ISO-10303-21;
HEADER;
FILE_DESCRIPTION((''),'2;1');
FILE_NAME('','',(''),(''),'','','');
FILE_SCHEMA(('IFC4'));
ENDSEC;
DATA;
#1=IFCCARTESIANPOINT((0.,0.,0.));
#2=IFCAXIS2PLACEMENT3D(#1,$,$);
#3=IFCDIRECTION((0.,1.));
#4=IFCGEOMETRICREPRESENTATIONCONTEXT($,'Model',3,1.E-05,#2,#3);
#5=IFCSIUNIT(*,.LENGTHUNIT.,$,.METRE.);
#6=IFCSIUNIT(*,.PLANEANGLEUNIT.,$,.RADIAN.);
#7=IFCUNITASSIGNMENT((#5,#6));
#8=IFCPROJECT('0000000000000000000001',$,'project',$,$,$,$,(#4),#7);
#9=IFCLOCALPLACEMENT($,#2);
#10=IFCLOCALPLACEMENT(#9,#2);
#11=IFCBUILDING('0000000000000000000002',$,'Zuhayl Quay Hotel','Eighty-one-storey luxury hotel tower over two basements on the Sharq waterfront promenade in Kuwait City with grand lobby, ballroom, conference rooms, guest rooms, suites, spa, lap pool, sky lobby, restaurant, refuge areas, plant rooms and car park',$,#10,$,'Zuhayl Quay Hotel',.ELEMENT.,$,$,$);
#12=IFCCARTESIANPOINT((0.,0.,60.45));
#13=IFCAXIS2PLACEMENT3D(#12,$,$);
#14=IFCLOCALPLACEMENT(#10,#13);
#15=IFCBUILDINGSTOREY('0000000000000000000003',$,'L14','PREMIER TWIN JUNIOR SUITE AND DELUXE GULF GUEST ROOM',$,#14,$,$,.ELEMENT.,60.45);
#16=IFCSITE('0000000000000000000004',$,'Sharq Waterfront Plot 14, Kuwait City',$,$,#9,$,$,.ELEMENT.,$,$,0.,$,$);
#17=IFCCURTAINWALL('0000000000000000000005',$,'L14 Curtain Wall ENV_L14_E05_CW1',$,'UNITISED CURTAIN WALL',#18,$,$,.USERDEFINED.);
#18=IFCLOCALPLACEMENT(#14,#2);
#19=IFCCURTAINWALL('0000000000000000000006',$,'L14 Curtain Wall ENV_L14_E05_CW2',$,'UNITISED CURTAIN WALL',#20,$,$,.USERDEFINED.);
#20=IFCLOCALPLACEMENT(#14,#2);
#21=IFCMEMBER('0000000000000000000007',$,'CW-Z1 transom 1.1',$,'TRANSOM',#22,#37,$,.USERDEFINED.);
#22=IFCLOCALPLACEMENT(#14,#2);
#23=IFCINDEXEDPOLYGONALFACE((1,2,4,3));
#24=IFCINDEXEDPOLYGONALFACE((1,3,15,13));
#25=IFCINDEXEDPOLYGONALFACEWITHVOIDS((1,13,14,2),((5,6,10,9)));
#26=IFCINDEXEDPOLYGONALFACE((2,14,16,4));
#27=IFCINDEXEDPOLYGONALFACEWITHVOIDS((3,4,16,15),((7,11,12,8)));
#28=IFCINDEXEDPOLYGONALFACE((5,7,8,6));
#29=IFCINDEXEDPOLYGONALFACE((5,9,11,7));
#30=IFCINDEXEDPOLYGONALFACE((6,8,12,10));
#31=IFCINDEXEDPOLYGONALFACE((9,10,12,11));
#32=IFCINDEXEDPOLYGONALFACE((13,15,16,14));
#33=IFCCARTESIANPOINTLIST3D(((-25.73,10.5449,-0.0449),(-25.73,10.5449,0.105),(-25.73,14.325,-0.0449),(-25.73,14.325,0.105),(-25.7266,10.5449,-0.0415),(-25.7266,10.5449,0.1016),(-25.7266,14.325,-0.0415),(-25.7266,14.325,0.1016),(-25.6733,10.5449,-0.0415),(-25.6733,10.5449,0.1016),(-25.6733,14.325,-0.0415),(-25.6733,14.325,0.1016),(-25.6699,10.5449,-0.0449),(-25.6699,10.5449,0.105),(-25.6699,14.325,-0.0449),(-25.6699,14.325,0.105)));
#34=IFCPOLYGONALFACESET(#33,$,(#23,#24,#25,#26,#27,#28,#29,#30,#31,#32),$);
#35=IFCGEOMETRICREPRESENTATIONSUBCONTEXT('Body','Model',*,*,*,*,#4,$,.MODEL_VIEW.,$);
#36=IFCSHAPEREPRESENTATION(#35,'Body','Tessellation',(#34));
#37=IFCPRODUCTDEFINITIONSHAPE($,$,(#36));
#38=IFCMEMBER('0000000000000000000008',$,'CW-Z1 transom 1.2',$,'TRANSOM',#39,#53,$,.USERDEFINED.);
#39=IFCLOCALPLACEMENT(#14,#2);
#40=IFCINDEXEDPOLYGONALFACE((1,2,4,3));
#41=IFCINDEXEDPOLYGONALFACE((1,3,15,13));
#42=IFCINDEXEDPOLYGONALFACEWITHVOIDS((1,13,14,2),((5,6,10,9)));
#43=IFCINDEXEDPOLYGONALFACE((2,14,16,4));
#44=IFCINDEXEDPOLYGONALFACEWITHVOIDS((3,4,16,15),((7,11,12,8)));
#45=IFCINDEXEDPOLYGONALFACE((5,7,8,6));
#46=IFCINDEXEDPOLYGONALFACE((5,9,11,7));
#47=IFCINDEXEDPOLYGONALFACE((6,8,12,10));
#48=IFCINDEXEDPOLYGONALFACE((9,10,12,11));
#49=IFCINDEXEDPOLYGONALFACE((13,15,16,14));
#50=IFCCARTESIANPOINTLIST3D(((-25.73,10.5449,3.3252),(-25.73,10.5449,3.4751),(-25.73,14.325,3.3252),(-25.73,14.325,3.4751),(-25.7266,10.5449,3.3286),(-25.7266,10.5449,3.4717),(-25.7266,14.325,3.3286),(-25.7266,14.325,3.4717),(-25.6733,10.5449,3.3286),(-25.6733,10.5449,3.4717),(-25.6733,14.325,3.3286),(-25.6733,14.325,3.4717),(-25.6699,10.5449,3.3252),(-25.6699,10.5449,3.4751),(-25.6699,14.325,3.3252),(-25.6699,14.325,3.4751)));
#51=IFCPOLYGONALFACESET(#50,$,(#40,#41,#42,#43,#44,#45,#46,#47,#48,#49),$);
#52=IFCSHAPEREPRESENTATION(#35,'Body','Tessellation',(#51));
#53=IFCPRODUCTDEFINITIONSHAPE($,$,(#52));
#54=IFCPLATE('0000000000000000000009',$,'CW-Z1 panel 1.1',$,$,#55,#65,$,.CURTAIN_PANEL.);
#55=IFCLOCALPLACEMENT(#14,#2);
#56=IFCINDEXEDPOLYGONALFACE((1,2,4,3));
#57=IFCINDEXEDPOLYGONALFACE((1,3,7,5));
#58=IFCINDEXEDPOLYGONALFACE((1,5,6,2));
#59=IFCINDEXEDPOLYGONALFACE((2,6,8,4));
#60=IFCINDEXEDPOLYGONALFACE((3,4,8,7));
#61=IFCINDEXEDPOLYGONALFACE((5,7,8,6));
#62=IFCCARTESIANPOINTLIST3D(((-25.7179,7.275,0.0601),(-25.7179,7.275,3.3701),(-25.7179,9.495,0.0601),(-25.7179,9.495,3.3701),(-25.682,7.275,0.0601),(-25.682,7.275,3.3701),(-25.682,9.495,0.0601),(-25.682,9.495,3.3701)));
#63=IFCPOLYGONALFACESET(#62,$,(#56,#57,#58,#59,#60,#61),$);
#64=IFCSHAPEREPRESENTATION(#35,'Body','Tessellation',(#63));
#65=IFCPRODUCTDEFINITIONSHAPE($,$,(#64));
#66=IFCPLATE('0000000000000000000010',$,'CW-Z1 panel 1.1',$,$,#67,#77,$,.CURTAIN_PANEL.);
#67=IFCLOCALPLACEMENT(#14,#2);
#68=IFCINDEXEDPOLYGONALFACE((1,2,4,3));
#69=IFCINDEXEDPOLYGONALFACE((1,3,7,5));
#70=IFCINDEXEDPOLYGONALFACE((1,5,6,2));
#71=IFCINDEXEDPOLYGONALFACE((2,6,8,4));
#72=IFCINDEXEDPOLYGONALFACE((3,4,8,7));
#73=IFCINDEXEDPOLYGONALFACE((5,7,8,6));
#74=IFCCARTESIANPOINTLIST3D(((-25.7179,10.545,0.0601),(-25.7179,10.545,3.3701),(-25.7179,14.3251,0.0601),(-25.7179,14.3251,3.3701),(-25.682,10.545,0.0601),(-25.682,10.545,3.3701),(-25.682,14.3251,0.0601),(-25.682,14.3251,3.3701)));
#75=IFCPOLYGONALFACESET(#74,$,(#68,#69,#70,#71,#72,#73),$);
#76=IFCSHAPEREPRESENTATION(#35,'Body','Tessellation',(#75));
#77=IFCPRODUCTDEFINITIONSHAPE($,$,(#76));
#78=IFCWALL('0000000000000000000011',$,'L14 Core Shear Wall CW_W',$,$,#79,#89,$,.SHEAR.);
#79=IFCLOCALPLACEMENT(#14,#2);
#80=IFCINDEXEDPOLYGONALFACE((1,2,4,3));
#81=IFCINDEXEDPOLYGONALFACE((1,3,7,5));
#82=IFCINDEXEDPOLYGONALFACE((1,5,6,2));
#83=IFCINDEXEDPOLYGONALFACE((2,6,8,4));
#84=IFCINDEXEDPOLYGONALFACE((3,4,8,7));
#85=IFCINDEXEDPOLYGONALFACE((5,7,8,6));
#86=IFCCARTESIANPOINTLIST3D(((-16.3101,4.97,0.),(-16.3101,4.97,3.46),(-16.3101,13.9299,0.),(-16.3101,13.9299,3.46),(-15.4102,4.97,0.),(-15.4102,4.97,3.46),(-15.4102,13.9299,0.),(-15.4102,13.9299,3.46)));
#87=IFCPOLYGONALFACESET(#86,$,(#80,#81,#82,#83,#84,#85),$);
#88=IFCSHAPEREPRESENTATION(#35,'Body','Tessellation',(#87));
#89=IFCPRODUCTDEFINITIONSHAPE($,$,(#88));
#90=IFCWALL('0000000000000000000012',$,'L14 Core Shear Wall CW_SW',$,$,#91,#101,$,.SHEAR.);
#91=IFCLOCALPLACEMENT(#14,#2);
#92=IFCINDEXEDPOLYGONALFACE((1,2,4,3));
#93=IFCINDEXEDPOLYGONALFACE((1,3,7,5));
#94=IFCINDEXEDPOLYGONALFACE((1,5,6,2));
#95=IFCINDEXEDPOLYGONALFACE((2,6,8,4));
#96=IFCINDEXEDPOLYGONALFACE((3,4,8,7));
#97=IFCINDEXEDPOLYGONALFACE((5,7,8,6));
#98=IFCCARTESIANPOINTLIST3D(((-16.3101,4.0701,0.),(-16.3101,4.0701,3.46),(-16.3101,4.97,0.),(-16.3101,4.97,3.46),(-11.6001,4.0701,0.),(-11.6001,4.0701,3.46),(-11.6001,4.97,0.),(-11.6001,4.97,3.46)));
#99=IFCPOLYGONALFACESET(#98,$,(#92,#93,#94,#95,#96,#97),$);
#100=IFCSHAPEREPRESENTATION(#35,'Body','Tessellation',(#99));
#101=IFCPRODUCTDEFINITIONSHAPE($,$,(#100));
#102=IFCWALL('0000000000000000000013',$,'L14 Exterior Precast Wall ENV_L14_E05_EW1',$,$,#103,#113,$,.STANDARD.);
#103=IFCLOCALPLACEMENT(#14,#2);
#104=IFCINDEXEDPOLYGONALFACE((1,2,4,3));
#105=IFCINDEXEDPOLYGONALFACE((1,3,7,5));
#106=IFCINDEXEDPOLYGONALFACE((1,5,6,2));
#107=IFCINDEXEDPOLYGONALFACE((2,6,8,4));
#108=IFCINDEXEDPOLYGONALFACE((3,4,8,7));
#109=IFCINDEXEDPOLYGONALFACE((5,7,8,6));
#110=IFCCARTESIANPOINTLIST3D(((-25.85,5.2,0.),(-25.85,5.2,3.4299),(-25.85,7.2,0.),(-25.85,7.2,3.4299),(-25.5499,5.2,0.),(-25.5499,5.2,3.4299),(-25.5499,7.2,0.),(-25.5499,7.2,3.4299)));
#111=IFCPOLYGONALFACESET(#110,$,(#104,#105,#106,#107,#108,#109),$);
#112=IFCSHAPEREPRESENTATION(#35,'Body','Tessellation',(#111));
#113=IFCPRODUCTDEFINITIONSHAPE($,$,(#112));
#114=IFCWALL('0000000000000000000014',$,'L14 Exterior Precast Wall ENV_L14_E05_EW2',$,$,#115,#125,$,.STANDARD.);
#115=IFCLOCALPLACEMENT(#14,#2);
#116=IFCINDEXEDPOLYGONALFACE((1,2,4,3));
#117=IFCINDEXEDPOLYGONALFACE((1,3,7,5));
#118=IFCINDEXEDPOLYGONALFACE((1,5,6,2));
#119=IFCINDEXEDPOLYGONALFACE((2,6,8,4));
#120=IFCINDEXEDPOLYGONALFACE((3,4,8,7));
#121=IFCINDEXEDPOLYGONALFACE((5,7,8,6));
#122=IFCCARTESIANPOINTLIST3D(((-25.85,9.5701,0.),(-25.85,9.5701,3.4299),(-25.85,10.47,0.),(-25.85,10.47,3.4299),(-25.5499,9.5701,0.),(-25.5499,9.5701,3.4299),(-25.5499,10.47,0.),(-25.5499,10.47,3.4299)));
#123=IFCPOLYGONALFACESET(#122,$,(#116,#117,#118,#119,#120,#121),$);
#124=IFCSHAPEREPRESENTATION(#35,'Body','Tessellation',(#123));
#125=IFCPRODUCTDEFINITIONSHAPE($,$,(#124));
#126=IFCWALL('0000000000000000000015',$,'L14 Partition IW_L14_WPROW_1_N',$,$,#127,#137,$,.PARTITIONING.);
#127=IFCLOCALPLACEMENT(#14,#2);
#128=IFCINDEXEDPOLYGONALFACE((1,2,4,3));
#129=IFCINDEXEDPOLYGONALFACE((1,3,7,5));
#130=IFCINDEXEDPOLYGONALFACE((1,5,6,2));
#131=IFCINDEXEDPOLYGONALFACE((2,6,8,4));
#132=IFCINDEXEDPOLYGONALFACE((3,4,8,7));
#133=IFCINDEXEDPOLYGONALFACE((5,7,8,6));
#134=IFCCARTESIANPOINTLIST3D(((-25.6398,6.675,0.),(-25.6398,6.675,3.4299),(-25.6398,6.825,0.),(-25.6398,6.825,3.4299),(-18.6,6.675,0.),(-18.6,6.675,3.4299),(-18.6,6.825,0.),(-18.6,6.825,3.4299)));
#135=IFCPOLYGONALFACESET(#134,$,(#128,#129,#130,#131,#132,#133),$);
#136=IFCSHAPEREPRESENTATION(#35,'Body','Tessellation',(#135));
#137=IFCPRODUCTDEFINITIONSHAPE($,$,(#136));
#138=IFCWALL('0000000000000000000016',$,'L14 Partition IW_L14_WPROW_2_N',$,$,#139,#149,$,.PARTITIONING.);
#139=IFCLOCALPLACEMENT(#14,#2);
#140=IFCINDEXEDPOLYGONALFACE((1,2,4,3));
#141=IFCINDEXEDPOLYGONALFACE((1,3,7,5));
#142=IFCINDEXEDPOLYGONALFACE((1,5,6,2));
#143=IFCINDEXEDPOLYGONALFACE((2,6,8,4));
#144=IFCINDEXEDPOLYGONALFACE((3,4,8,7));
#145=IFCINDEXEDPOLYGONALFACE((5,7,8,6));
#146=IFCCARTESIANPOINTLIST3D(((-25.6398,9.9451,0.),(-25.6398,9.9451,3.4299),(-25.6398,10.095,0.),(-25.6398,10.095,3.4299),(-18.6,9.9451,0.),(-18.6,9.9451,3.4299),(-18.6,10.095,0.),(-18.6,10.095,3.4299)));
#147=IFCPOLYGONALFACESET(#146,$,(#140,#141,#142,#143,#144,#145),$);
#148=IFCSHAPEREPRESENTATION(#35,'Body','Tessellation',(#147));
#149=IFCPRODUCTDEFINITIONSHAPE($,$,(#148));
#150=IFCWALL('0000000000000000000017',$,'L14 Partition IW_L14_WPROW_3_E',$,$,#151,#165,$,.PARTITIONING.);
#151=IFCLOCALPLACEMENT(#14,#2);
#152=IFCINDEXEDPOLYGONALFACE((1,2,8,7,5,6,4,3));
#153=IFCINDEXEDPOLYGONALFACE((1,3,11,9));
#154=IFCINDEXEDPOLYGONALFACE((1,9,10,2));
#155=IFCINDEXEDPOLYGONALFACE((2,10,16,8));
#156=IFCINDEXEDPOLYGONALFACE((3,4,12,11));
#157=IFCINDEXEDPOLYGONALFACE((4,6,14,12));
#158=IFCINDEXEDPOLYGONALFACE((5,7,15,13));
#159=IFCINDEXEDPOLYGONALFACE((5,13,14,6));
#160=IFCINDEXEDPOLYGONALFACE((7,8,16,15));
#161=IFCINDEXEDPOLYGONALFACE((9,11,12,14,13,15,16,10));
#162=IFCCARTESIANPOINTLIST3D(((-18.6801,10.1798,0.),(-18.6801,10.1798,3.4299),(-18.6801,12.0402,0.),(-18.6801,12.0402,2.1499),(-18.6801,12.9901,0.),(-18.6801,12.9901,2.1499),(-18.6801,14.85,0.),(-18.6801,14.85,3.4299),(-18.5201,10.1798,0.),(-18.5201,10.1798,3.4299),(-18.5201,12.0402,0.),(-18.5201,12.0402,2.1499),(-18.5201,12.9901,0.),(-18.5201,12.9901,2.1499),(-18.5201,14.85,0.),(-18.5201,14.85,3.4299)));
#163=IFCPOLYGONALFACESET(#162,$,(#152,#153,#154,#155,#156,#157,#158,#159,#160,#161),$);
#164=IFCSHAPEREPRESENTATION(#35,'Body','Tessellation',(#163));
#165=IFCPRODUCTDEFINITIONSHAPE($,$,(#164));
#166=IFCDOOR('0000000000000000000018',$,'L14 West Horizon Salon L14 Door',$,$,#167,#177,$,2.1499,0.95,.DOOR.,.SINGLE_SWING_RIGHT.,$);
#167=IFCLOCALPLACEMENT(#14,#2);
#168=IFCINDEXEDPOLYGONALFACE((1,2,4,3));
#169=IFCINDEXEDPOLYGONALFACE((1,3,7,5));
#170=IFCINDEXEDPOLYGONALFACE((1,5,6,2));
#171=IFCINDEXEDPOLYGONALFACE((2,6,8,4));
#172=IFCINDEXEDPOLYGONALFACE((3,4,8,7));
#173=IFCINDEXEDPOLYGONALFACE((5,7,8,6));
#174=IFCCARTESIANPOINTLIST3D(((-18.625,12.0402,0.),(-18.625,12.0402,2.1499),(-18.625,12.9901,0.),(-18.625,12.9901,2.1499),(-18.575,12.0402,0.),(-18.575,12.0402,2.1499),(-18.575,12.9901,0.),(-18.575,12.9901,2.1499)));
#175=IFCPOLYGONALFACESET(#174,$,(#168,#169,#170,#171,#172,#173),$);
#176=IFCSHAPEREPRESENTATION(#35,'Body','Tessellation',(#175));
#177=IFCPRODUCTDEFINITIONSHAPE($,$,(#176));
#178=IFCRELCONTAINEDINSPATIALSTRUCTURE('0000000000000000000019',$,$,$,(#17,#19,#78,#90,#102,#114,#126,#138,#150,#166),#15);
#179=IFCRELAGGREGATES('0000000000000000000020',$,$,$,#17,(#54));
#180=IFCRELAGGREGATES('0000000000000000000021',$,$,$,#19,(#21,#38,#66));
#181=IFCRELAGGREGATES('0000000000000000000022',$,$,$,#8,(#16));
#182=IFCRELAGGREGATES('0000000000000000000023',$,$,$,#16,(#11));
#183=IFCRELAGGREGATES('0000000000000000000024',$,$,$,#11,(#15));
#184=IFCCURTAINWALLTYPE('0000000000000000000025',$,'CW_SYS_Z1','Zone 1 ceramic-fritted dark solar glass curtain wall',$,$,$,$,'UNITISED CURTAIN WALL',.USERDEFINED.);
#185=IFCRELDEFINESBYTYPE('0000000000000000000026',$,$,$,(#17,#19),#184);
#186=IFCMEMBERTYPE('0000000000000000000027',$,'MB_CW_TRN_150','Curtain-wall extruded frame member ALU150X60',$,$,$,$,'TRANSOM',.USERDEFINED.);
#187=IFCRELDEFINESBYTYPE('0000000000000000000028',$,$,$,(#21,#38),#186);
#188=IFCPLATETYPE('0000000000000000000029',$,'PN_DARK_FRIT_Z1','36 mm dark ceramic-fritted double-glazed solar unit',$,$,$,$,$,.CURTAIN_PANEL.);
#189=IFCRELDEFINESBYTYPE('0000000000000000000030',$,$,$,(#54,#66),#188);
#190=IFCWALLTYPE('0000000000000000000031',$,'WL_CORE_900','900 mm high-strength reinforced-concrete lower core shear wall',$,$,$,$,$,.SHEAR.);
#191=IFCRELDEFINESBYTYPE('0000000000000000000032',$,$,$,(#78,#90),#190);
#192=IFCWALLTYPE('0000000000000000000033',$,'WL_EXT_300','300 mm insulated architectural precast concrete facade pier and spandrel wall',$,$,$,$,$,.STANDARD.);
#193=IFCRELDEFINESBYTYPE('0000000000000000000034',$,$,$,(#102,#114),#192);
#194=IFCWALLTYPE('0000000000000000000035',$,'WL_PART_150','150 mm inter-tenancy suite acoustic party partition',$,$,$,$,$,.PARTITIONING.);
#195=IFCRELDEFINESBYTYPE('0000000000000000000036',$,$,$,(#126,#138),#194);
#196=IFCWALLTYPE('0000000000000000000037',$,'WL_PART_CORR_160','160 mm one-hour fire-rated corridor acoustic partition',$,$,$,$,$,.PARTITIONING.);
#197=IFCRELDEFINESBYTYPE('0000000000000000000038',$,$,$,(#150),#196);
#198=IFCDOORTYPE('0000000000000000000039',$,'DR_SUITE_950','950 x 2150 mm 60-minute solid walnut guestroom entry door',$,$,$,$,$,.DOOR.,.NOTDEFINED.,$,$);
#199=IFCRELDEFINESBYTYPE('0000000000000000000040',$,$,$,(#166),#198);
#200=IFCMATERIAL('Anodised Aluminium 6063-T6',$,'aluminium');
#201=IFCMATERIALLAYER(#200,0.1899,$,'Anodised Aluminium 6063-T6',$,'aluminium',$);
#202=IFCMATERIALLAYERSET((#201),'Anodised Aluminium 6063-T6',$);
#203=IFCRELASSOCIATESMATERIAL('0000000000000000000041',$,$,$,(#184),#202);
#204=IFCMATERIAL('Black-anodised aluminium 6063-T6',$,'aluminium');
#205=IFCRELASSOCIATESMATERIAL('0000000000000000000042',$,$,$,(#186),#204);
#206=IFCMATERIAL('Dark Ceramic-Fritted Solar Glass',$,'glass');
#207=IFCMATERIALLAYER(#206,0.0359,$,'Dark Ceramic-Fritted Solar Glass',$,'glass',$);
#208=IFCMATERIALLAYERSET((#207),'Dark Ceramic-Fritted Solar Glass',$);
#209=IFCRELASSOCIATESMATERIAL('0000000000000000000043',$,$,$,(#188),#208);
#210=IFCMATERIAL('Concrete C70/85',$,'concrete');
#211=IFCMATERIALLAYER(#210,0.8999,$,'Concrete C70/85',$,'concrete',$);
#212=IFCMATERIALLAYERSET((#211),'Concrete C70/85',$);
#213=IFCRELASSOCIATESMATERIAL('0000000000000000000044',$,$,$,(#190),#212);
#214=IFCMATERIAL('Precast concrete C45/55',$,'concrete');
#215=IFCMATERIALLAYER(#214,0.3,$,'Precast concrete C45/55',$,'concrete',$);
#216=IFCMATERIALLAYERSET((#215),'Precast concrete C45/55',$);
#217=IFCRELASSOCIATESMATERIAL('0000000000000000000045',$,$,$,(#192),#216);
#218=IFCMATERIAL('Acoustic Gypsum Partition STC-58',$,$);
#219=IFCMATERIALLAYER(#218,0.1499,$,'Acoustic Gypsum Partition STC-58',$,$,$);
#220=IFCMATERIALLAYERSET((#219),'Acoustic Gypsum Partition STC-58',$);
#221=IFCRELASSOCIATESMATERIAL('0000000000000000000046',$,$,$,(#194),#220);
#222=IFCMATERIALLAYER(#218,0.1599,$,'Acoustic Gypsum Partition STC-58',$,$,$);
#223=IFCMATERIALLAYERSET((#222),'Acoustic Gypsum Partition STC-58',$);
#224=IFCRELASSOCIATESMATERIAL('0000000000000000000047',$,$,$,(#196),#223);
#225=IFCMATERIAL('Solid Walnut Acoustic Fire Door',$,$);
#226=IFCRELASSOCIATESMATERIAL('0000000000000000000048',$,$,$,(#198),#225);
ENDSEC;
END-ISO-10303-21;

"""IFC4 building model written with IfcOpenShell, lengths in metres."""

from ifc_helpers import new_model, si_unit, direction, frame, frame_2d, origin, origin_2d, place, context, subcontext, project, spatial, rectangle, hollow_rectangle, extrude, material, layer, layer_set, material_profile, profile_set, type_object, element, fill, aggregate, save


model = new_model("IFC4")

# Units and contexts
model_context = context("Model", 3, precision=1e-05, world=origin(), true_north=direction((0.0, 1.0)))
body_context = subcontext(model_context, "Body", "Model", "MODEL_VIEW")
ifc_project = project(units=[si_unit("LENGTHUNIT", "METRE"), si_unit("PLANEANGLEUNIT", "RADIAN")], contexts=[model_context])

# Site, building, storey
site_placement = place(None, origin())
site = spatial("IfcSite", under=ifc_project, at=site_placement, Name="Sharq Waterfront Plot 14, Kuwait City", CompositionType="ELEMENT", RefElevation=0.0)
building_placement = place(site_placement, origin())
building = spatial("IfcBuilding", under=site, at=building_placement, Name="Zuhayl Quay Hotel", Description="Eighty-one-storey luxury hotel tower over two basements on the Sharq waterfront promenade in Kuwait City with grand lobby, ballroom, conference rooms, guest rooms, suites, spa, lap pool, sky lobby, restaurant, refuge areas, plant rooms and car park", LongName="Zuhayl Quay Hotel", CompositionType="ELEMENT")
storey_placement = place(building_placement, frame((0.0, 0.0, 60.45)))
storey = spatial("IfcBuildingStorey", under=building, at=storey_placement, Name="L14", Description="PREMIER TWIN JUNIOR SUITE AND DELUXE GULF GUEST ROOM", CompositionType="ELEMENT", Elevation=60.45)

# Shared definitions
ifc_material_1 = material(Name="Concrete C70/85", Category="concrete")

# Curtain walls
ifc_material_2 = material(Name="Anodised Aluminium 6063-T6", Category="aluminium")
ifc_layer_1 = layer(ifc_material_2, 0.1899, Name="Anodised Aluminium 6063-T6", Category="aluminium")
ifc_layer_set_1 = layer_set([ifc_layer_1], Name="Anodised Aluminium 6063-T6")
curtain_wall_type = type_object("IfcCurtainWallType", Name="CW_SYS_Z1", Description="Zone 1 ceramic-fritted dark solar glass curtain wall", ElementType="UNITISED CURTAIN WALL", PredefinedType="USERDEFINED", material=ifc_layer_set_1)
curtain_wall_1_placement = place(storey_placement, origin())
curtain_wall_1 = element("IfcCurtainWall", 1, at=curtain_wall_1_placement, inside=storey, type_object=curtain_wall_type, Name="L14 Curtain Wall ENV_L14_E05_CW1", ObjectType="UNITISED CURTAIN WALL", PredefinedType="USERDEFINED")
ifc_material_3 = material(Name="Black-anodised aluminium 6063-T6", Category="aluminium")
curtain_wall_2_placement = place(storey_placement, origin())
curtain_wall_2 = element("IfcCurtainWall", 2, at=curtain_wall_2_placement, inside=storey, type_object=curtain_wall_type, Name="L14 Curtain Wall ENV_L14_E05_CW2", ObjectType="UNITISED CURTAIN WALL", PredefinedType="USERDEFINED")

# Members
ifc_material_profile_1 = material_profile(ifc_material_3, hollow_rectangle(XDim=0.0601, YDim=0.1499, WallThickness=0.0034, at=origin_2d()), Name="ALU150X60")
ifc_profile_set_1 = profile_set([ifc_material_profile_1], Name="Black-anodised aluminium 6063-T6")
member_type_1 = type_object("IfcMemberType", Name="MB_CW_TRN_150", Description="Curtain-wall extruded frame member ALU150X60", ElementType="TRANSOM", PredefinedType="USERDEFINED", material=ifc_profile_set_1)
member_1_placement = place(storey_placement, frame((-25.7, 10.5449, 0.03), z_axis=(0.0, 1.0, 0.0), x_axis=(-1.0, 0.0, 0.0)))
member_1 = element("IfcMember", 3, at=member_1_placement, type_object=member_type_1, Name="CW-Z1 transom 1.1", ObjectType="TRANSOM", PredefinedType="USERDEFINED", context=body_context, shape_type="SweptSolid", body=[
    extrude(hollow_rectangle(XDim=0.0601, YDim=0.1499, WallThickness=0.0034, at=origin_2d()), origin(), (0.0, 0.0, 1.0), 3.78),
])
member_2_placement = place(storey_placement, frame((-25.7, 10.5449, 3.4001), z_axis=(0.0, 1.0, 0.0), x_axis=(-1.0, 0.0, 0.0)))
member_2 = element("IfcMember", 4, at=member_2_placement, type_object=member_type_1, Name="CW-Z1 transom 1.2", ObjectType="TRANSOM", PredefinedType="USERDEFINED", context=body_context, shape_type="SweptSolid", body=[
    extrude(hollow_rectangle(XDim=0.0601, YDim=0.1499, WallThickness=0.0034, at=origin_2d()), origin(), (0.0, 0.0, 1.0), 3.78),
])

# Plates
ifc_material_4 = material(Name="Dark Ceramic-Fritted Solar Glass", Category="glass")
ifc_layer_2 = layer(ifc_material_4, 0.0359, Name="Dark Ceramic-Fritted Solar Glass", Category="glass")
ifc_layer_set_2 = layer_set([ifc_layer_2], Name="Dark Ceramic-Fritted Solar Glass")
plate_type = type_object("IfcPlateType", Name="PN_DARK_FRIT_Z1", Description="36 mm dark ceramic-fritted double-glazed solar unit", PredefinedType="CURTAIN_PANEL", material=ifc_layer_set_2)
plate_1_placement = place(storey_placement, frame((-25.7, 8.385, 0.0601), z_axis=(0.0, 0.0, 1.0), x_axis=(0.0, 1.0, 0.0)))
plate_1 = element("IfcPlate", 5, at=plate_1_placement, type_object=plate_type, Name="CW-Z1 panel 1.1", PredefinedType="CURTAIN_PANEL", context=body_context, shape_type="SweptSolid", body=[
    extrude(rectangle(XDim=2.22, YDim=0.0359, at=origin_2d()), origin(), (0.0, 0.0, 1.0), 3.3101),
])
aggregate(curtain_wall_1, [plate_1])
plate_2_placement = place(storey_placement, frame((-25.7, 12.4351, 0.0601), z_axis=(0.0, 0.0, 1.0), x_axis=(0.0, 1.0, 0.0)))
plate_2 = element("IfcPlate", 6, at=plate_2_placement, type_object=plate_type, Name="CW-Z1 panel 1.1", PredefinedType="CURTAIN_PANEL", context=body_context, shape_type="SweptSolid", body=[
    extrude(rectangle(XDim=3.78, YDim=0.0359, at=origin_2d()), origin(), (0.0, 0.0, 1.0), 3.3101),
])
aggregate(curtain_wall_2, [member_1, member_2, plate_2])

# Walls
ifc_layer_3 = layer(ifc_material_1, 0.8999, Name="Concrete C70/85", Category="concrete")
ifc_layer_set_3 = layer_set([ifc_layer_3], Name="Concrete C70/85")
wall_type_1 = type_object("IfcWallType", Name="WL_CORE_900", Description="900 mm high-strength reinforced-concrete lower core shear wall", PredefinedType="SHEAR", material=ifc_layer_set_3)
wall_1_placement = place(storey_placement, frame((-15.8601, 4.97, 0.0), z_axis=(0.0, 0.0, 1.0), x_axis=(0.0, 1.0, 0.0)))
element("IfcWall", 7, at=wall_1_placement, inside=storey, type_object=wall_type_1, Name="L14 Core Shear Wall CW_W", PredefinedType="SHEAR", context=body_context, shape_type="SweptSolid", body=[
    extrude(rectangle(XDim=8.96, YDim=0.8999, at=frame_2d((4.48, 0.0))), origin(), (0.0, 0.0, 1.0), 3.46),
])
wall_2_placement = place(storey_placement, frame((-16.3101, 4.52, 0.0), z_axis=(0.0, 0.0, 1.0), x_axis=(1.0, 0.0, 0.0)))
element("IfcWall", 8, at=wall_2_placement, inside=storey, type_object=wall_type_1, Name="L14 Core Shear Wall CW_SW", PredefinedType="SHEAR", context=body_context, shape_type="SweptSolid", body=[
    extrude(rectangle(XDim=4.71, YDim=0.8999, at=frame_2d((2.355, 0.0))), origin(), (0.0, 0.0, 1.0), 3.46),
])
ifc_material_5 = material(Name="Precast concrete C45/55", Category="concrete")
ifc_layer_4 = layer(ifc_material_5, 0.3, Name="Precast concrete C45/55", Category="concrete")
ifc_layer_set_4 = layer_set([ifc_layer_4], Name="Precast concrete C45/55")
wall_type_2 = type_object("IfcWallType", Name="WL_EXT_300", Description="300 mm insulated architectural precast concrete facade pier and spandrel wall", PredefinedType="STANDARD", material=ifc_layer_set_4)
wall_3_placement = place(storey_placement, frame((-25.7, 5.2, 0.0), z_axis=(0.0, 0.0, 1.0), x_axis=(0.0, 1.0, 0.0)))
element("IfcWall", 9, at=wall_3_placement, inside=storey, type_object=wall_type_2, Name="L14 Exterior Precast Wall ENV_L14_E05_EW1", PredefinedType="STANDARD", context=body_context, shape_type="SweptSolid", body=[
    extrude(rectangle(XDim=2.0, YDim=0.3, at=frame_2d((1.0, 0.0))), origin(), (0.0, 0.0, 1.0), 3.4299),
])
wall_4_placement = place(storey_placement, frame((-25.7, 9.5701, 0.0), z_axis=(0.0, 0.0, 1.0), x_axis=(0.0, 1.0, 0.0)))
element("IfcWall", 10, at=wall_4_placement, inside=storey, type_object=wall_type_2, Name="L14 Exterior Precast Wall ENV_L14_E05_EW2", PredefinedType="STANDARD", context=body_context, shape_type="SweptSolid", body=[
    extrude(rectangle(XDim=0.8999, YDim=0.3, at=frame_2d((0.45, 0.0))), origin(), (0.0, 0.0, 1.0), 3.4299),
])
ifc_material_6 = material(Name="Acoustic Gypsum Partition STC-58")
ifc_layer_5 = layer(ifc_material_6, 0.1499, Name="Acoustic Gypsum Partition STC-58")
ifc_layer_set_5 = layer_set([ifc_layer_5], Name="Acoustic Gypsum Partition STC-58")
wall_type_3 = type_object("IfcWallType", Name="WL_PART_150", Description="150 mm inter-tenancy suite acoustic party partition", PredefinedType="PARTITIONING", material=ifc_layer_set_5)
for number, where, z_axis, x_axis, name in (
    (11, (-25.6399, 6.75, 0.0), (0.0, 0.0, 1.0), (1.0, 0.0, 0.0), "L14 Partition IW_L14_WPROW_1_N"),
    (12, (-25.6399, 10.02, 0.0), (0.0, 0.0, 1.0), (1.0, 0.0, 0.0), "L14 Partition IW_L14_WPROW_2_N"),
):
    element("IfcWall", number, at=place(storey_placement, frame(where, z_axis=z_axis, x_axis=x_axis)), inside=storey, type_object=wall_type_3, Name=name, PredefinedType="PARTITIONING", context=body_context, shape_type="SweptSolid", body=[
        extrude(rectangle(XDim=7.0398, YDim=0.1499, at=frame_2d((3.52, 0.0))), origin(), (0.0, 0.0, 1.0), 3.4299),
    ])

# Wall, opening, door
ifc_layer_6 = layer(ifc_material_6, 0.1599, Name="Acoustic Gypsum Partition STC-58")
ifc_layer_set_6 = layer_set([ifc_layer_6], Name="Acoustic Gypsum Partition STC-58")
wall_type_4 = type_object("IfcWallType", Name="WL_PART_CORR_160", Description="160 mm one-hour fire-rated corridor acoustic partition", PredefinedType="PARTITIONING", material=ifc_layer_set_6)
ifc_material_7 = material(Name="Solid Walnut Acoustic Fire Door")
door_type = type_object("IfcDoorType", Name="DR_SUITE_950", Description="950 x 2150 mm 60-minute solid walnut guestroom entry door", OperationType="NOTDEFINED", PredefinedType="DOOR", material=ifc_material_7)
wall_5_placement = place(storey_placement, frame((-18.6001, 10.1799, 0.0), z_axis=(0.0, 0.0, 1.0), x_axis=(0.0, 1.0, 0.0)))
wall_5 = element("IfcWall", 13, at=wall_5_placement, inside=storey, type_object=wall_type_4, Name="L14 Partition IW_L14_WPROW_3_E", PredefinedType="PARTITIONING", context=body_context, shape_type="SweptSolid", body=[
    extrude(rectangle(XDim=4.6702, YDim=0.1599, at=frame_2d((2.335, 0.0))), origin(), (0.0, 0.0, 1.0), 3.4299),
])
opening_1_placement = place(wall_5_placement, frame((1.8601, 0.0, 0.0)))
opening_1 = element("IfcOpeningElement", 14, at=opening_1_placement, cuts=wall_5, PredefinedType="OPENING", context=body_context, shape_type="SweptSolid", body=[
    extrude(rectangle(XDim=0.95, YDim=2.1499, at=frame_2d((0.4751, 1.075))), frame((0.0, 0.0898, 0.0), z_axis=(0.0, -1.0, 0.0), x_axis=(1.0, 0.0, 0.0)), (0.0, 0.0, 1.0), 0.1799),
])
door_1_placement = place(opening_1_placement, origin())
door_1 = element("IfcDoor", 15, at=door_1_placement, inside=storey, type_object=door_type, Name="L14 West Horizon Salon L14 Door", OperationType="SINGLE_SWING_RIGHT", OverallHeight=2.1499, OverallWidth=0.95, PredefinedType="DOOR", context=body_context, shape_type="SweptSolid", body=[
    extrude(rectangle(XDim=0.95, YDim=2.1499, at=frame_2d((0.4751, 1.075))), frame((0.0, 0.0249, 0.0), z_axis=(0.0, -1.0, 0.0), x_axis=(1.0, 0.0, 0.0)), (0.0, 0.0, 1.0), 0.05),
])
fill(opening_1, door_1)

save(model, "model.ifc")
